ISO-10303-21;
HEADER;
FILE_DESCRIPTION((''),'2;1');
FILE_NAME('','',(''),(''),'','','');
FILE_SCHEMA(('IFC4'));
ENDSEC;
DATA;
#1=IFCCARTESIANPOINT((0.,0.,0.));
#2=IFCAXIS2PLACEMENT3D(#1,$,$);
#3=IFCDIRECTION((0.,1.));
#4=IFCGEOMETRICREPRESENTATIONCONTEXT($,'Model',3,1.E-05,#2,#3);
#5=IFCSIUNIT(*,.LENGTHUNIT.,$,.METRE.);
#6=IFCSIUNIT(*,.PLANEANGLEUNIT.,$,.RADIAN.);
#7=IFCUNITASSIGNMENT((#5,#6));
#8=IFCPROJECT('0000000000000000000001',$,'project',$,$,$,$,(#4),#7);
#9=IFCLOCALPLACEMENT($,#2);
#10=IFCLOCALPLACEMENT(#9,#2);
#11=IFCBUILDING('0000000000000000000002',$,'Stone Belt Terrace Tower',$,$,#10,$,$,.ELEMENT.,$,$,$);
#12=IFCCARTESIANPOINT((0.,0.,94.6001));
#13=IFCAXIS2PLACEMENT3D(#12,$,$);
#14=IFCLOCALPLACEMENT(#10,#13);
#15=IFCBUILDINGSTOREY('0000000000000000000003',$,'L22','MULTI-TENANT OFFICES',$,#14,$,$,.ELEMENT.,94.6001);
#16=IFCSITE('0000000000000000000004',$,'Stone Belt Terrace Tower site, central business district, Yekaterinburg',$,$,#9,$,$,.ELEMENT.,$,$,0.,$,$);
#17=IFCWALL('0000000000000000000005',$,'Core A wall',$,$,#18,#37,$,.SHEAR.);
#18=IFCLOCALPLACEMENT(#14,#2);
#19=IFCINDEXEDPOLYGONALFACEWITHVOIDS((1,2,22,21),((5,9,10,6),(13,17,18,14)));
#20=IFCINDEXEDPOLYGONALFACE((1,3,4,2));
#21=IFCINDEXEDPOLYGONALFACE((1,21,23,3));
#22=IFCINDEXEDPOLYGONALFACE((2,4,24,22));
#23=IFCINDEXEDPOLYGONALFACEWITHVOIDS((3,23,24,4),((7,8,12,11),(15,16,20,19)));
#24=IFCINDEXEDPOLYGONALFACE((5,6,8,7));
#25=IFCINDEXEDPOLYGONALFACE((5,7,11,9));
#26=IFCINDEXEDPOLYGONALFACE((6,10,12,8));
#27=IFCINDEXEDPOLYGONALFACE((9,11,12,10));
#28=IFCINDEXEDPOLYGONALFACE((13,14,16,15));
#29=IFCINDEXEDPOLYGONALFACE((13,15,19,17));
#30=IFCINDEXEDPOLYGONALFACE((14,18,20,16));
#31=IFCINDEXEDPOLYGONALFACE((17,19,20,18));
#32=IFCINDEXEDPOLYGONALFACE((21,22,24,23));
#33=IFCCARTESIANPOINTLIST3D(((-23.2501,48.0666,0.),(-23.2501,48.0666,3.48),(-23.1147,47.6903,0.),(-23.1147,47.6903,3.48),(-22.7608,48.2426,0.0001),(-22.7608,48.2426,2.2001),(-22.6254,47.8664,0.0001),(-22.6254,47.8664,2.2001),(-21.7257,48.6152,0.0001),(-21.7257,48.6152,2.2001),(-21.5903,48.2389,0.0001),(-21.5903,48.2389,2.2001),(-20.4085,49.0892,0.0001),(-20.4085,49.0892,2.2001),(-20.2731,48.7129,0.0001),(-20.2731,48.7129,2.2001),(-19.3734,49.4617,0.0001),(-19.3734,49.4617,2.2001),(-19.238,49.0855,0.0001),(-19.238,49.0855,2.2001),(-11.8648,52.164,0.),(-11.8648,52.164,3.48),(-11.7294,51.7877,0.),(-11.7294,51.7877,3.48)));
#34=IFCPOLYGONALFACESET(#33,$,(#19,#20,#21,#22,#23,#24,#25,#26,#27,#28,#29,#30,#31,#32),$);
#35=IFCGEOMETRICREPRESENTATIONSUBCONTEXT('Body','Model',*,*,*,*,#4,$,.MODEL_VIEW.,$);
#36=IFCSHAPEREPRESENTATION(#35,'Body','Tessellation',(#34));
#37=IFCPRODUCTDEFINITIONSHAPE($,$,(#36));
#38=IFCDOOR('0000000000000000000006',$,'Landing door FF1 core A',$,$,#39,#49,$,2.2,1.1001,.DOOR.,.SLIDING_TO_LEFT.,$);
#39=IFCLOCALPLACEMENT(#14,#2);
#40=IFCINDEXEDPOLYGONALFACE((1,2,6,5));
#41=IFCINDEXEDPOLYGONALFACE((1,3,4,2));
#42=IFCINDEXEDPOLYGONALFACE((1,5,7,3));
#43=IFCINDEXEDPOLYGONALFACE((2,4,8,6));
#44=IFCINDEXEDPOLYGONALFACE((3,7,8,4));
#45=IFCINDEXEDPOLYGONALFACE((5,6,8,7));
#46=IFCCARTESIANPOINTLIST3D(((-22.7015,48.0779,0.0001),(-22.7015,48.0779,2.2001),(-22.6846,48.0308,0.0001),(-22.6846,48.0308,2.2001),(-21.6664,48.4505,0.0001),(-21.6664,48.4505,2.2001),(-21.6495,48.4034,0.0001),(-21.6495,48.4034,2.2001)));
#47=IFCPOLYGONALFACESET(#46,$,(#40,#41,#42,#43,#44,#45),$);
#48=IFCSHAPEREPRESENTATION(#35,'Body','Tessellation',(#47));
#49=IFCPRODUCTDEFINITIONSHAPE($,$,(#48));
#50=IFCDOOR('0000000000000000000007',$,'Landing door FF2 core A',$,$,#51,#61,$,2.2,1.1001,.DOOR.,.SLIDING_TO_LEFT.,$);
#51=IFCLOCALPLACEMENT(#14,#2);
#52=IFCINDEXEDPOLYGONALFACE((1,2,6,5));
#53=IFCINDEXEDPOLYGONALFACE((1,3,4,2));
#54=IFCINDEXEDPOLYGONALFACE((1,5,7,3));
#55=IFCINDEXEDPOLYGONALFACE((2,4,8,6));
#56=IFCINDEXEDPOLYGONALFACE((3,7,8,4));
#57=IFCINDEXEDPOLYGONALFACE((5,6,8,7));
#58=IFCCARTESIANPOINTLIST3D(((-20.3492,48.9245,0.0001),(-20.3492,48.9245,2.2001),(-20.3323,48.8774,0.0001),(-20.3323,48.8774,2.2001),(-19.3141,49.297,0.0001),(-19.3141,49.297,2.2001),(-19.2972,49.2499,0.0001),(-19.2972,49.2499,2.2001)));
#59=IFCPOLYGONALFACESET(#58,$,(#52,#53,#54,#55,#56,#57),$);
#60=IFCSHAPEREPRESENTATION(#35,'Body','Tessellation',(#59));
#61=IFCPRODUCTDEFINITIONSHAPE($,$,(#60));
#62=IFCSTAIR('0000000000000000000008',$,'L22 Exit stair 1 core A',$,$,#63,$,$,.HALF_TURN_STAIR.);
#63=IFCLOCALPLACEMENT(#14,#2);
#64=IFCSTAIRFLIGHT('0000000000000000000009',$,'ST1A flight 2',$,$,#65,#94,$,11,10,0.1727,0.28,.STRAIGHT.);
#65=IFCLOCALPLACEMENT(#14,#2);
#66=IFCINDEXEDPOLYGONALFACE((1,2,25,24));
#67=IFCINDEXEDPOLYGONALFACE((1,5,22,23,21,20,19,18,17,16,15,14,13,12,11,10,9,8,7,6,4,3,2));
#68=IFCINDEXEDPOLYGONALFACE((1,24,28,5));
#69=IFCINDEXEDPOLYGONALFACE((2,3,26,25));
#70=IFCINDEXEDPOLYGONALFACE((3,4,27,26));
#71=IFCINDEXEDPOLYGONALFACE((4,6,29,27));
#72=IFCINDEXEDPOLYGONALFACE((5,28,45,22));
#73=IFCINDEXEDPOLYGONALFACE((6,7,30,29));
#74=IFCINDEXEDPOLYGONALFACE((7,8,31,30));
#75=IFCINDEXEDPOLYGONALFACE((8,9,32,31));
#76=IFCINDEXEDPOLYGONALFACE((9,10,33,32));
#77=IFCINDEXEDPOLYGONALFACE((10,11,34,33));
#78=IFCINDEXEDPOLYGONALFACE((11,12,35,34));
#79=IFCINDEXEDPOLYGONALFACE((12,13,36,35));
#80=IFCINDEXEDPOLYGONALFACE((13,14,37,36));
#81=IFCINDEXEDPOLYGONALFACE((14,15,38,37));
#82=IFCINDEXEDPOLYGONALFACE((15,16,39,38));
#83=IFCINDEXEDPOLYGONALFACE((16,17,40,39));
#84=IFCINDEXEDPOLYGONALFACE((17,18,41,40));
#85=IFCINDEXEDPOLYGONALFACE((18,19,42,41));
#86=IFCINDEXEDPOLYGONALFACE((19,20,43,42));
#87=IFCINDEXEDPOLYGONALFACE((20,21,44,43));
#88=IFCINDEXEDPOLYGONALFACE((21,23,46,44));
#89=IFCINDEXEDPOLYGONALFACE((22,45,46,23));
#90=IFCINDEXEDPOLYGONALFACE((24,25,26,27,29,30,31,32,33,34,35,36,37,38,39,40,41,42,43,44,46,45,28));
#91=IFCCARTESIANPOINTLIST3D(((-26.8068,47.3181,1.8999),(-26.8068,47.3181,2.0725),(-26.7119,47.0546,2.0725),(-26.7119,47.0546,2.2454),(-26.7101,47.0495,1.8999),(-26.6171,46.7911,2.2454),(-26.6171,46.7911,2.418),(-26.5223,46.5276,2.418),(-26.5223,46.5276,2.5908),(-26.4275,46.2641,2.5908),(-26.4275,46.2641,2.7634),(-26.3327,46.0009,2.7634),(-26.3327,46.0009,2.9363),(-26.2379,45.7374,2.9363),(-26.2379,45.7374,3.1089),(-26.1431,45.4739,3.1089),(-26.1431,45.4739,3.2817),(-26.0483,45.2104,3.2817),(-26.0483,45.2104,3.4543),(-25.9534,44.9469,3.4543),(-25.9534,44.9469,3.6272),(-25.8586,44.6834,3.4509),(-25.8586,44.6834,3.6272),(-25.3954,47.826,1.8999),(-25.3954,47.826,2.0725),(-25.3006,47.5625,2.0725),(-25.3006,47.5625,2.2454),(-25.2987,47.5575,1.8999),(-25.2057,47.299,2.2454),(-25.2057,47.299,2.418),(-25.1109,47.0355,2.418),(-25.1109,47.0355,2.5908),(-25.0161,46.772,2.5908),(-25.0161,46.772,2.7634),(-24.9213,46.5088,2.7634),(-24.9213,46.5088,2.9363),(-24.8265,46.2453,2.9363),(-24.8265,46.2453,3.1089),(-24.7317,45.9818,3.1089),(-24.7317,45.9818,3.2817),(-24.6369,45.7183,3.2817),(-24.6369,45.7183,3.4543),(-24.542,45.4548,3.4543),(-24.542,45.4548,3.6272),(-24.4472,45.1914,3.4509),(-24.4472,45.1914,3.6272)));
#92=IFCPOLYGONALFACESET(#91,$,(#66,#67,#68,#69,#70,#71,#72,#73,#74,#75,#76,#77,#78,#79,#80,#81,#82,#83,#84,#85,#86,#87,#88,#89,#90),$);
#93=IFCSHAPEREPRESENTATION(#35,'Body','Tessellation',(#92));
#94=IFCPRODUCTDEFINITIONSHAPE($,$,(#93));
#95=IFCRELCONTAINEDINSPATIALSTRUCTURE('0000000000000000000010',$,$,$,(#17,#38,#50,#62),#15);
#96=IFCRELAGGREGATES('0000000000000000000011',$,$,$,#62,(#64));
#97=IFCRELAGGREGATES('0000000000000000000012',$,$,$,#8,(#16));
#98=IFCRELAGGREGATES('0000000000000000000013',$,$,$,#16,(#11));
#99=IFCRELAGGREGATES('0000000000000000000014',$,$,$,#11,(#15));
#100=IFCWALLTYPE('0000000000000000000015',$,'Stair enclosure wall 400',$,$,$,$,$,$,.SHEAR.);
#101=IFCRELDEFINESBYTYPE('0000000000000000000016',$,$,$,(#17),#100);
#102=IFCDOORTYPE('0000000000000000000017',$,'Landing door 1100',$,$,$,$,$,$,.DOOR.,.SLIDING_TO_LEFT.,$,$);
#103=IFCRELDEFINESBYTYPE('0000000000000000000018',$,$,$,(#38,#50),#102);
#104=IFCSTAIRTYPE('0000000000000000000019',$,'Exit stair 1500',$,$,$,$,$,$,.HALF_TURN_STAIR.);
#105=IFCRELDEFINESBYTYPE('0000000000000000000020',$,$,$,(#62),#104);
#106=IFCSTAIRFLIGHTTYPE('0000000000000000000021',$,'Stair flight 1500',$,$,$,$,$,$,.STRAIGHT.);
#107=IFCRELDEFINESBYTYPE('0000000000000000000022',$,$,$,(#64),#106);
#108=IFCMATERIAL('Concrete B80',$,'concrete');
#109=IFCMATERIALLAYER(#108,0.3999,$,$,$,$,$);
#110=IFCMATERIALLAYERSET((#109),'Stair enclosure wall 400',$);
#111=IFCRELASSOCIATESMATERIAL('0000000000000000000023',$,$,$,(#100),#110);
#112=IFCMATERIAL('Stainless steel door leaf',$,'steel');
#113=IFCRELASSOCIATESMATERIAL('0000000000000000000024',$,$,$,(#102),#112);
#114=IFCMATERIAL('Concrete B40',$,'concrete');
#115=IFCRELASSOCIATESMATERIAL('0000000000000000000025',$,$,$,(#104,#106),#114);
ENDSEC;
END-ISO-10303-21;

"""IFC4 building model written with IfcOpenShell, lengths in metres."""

from ifc_helpers import new_model, si_unit, direction, frame, frame_2d, origin, place, context, subcontext, project, spatial, polyline, rectangle, outline, extrude, material, layer, layer_set, type_object, element, fill, aggregate, save


model = new_model("IFC4")

# Units and contexts
model_context = context("Model", 3, precision=1e-05, world=origin(), true_north=direction((0.0, 1.0)))
body_context = subcontext(model_context, "Body", "Model", "MODEL_VIEW")
ifc_project = project(units=[si_unit("LENGTHUNIT", "METRE"), si_unit("PLANEANGLEUNIT", "RADIAN")], contexts=[model_context])

# Site, building, storey
site_placement = place(None, origin())
site = spatial("IfcSite", under=ifc_project, at=site_placement, Name="Stone Belt Terrace Tower site, central business district, Yekaterinburg", CompositionType="ELEMENT", RefElevation=0.0)
building_placement = place(site_placement, origin())
building = spatial("IfcBuilding", under=site, at=building_placement, Name="Stone Belt Terrace Tower", CompositionType="ELEMENT")
storey_placement = place(building_placement, frame((0.0, 0.0, 94.6001)))
storey = spatial("IfcBuildingStorey", under=building, at=storey_placement, Name="L22", Description="MULTI-TENANT OFFICES", CompositionType="ELEMENT", Elevation=94.6001)

# Shared definitions
ifc_material_1 = material(Name="Concrete B80", Category="concrete")

# Shared definitions
ifc_material_2 = material(Name="Stainless steel door leaf", Category="steel")

# Shared definitions
ifc_layer_1 = layer(ifc_material_1, 0.3999)
ifc_layer_set_1 = layer_set([ifc_layer_1], Name="Stair enclosure wall 400")
wall_type_1 = type_object("IfcWallType", Name="Stair enclosure wall 400", PredefinedType="SHEAR", material=ifc_layer_set_1)

# Wall, openings, doors
wall_1_placement = place(storey_placement, frame((-23.1824, 47.8784, 0.0), z_axis=(0.0, 0.0, 1.0), x_axis=(0.940921, 0.338626, 0.0)))
wall_1 = element("IfcWall", 1, at=wall_1_placement, inside=storey, type_object=wall_type_1, Name="Core A wall", PredefinedType="SHEAR", context=body_context, shape_type="SweptSolid", body=[
    extrude(rectangle(XDim=12.1001, YDim=0.3999, at=frame_2d((6.05, 0.0))), origin(), (0.0, 0.0, 1.0), 3.48),
])
opening_1_placement = place(wall_1_placement, frame((0.52, 0.0, 0.0)))
opening_1 = element("IfcOpeningElement", 2, at=opening_1_placement, cuts=wall_1, PredefinedType="OPENING", context=body_context, shape_type="SweptSolid", body=[
    extrude(rectangle(XDim=1.1001, YDim=2.2, at=frame_2d((0.55, 1.1001))), frame((0.0, 0.21, 0.0), z_axis=(0.0, -1.0, 0.0), x_axis=(1.0, 0.0, 0.0)), (0.0, 0.0, 1.0), 0.4199),
])
opening_2_placement = place(wall_1_placement, frame((3.02, 0.0, 0.0)))
opening_2 = element("IfcOpeningElement", 3, at=opening_2_placement, cuts=wall_1, PredefinedType="OPENING", context=body_context, shape_type="SweptSolid", body=[
    extrude(rectangle(XDim=1.1001, YDim=2.2, at=frame_2d((0.55, 1.1001))), frame((0.0, 0.21, 0.0), z_axis=(0.0, -1.0, 0.0), x_axis=(1.0, 0.0, 0.0)), (0.0, 0.0, 1.0), 0.4199),
])
door_type_1 = type_object("IfcDoorType", Name="Landing door 1100", OperationType="SLIDING_TO_LEFT", PredefinedType="DOOR", material=ifc_material_2)
door_1_placement = place(opening_1_placement, origin())
door_1 = element("IfcDoor", 4, at=door_1_placement, inside=storey, type_object=door_type_1, Name="Landing door FF1 core A", OperationType="SLIDING_TO_LEFT", OverallHeight=2.2, OverallWidth=1.1001, PredefinedType="DOOR", context=body_context, shape_type="SweptSolid", body=[
    extrude(rectangle(XDim=1.1001, YDim=2.2, at=frame_2d((0.55, 1.1001))), frame((0.0, 0.0249, 0.0), z_axis=(0.0, -1.0, 0.0), x_axis=(1.0, 0.0, 0.0)), (0.0, 0.0, 1.0), 0.05),
])
fill(opening_1, door_1)
door_2_placement = place(opening_2_placement, origin())
door_2 = element("IfcDoor", 5, at=door_2_placement, inside=storey, type_object=door_type_1, Name="Landing door FF2 core A", OperationType="SLIDING_TO_LEFT", OverallHeight=2.2, OverallWidth=1.1001, PredefinedType="DOOR", context=body_context, shape_type="SweptSolid", body=[
    extrude(rectangle(XDim=1.1001, YDim=2.2, at=frame_2d((0.55, 1.1001))), frame((0.0, 0.0249, 0.0), z_axis=(0.0, -1.0, 0.0), x_axis=(1.0, 0.0, 0.0)), (0.0, 0.0, 1.0), 0.05),
])
fill(opening_2, door_2)

# Stair, stair flight
ifc_material_3 = material(Name="Concrete B40", Category="concrete")
stair_type = type_object("IfcStairType", Name="Exit stair 1500", PredefinedType="HALF_TURN_STAIR", material=ifc_material_3)
stair_placement = place(storey_placement, origin())
stair = element("IfcStair", 6, at=stair_placement, inside=storey, type_object=stair_type, Name="L22 Exit stair 1 core A", PredefinedType="HALF_TURN_STAIR")
stair_flight_type = type_object("IfcStairFlightType", Name="Stair flight 1500", PredefinedType="STRAIGHT", material=ifc_material_3)
stair_flight_placement = place(storey_placement, frame((-26.1011, 47.572, 1.8999), z_axis=(0.0, 0.0, 1.0), x_axis=(0.338624, -0.940922, 0.0)))
stair_flight = element("IfcStairFlight", 7, at=stair_flight_placement, type_object=stair_flight_type, Name="ST1A flight 2", NumberOfRisers=11, NumberOfTreads=10, PredefinedType="STRAIGHT", RiserHeight=0.1727, TreadLength=0.28, context=body_context, shape_type="SweptSolid", body=[
    extrude(outline(polyline([(0.0, 0.0), (0.0, 0.1726), (0.28, 0.1726), (0.28, 0.3455), (0.5601, 0.3455), (0.5601, 0.5181), (0.8401, 0.5181), (0.8401, 0.6909), (1.1201, 0.6909), (1.1201, 0.8635), (1.3999, 0.8635), (1.3999, 1.0364), (1.6799, 1.0364), (1.6799, 1.209), (1.96, 1.209), (1.96, 1.3818), (2.24, 1.3818), (2.24, 1.5544), (2.52, 1.5544), (2.52, 1.7273), (2.8, 1.7273), (2.8, 1.8999), (2.8, 1.551), (0.2854, 0.0), (0.0, 0.0)])), frame((0.0, 0.75, 0.0), z_axis=(0.0, -1.0, 0.0), x_axis=(1.0, 0.0, 0.0)), (0.0, 0.0, 1.0), 1.5),
])
aggregate(stair, [stair_flight])

save(model, "model.ifc")
